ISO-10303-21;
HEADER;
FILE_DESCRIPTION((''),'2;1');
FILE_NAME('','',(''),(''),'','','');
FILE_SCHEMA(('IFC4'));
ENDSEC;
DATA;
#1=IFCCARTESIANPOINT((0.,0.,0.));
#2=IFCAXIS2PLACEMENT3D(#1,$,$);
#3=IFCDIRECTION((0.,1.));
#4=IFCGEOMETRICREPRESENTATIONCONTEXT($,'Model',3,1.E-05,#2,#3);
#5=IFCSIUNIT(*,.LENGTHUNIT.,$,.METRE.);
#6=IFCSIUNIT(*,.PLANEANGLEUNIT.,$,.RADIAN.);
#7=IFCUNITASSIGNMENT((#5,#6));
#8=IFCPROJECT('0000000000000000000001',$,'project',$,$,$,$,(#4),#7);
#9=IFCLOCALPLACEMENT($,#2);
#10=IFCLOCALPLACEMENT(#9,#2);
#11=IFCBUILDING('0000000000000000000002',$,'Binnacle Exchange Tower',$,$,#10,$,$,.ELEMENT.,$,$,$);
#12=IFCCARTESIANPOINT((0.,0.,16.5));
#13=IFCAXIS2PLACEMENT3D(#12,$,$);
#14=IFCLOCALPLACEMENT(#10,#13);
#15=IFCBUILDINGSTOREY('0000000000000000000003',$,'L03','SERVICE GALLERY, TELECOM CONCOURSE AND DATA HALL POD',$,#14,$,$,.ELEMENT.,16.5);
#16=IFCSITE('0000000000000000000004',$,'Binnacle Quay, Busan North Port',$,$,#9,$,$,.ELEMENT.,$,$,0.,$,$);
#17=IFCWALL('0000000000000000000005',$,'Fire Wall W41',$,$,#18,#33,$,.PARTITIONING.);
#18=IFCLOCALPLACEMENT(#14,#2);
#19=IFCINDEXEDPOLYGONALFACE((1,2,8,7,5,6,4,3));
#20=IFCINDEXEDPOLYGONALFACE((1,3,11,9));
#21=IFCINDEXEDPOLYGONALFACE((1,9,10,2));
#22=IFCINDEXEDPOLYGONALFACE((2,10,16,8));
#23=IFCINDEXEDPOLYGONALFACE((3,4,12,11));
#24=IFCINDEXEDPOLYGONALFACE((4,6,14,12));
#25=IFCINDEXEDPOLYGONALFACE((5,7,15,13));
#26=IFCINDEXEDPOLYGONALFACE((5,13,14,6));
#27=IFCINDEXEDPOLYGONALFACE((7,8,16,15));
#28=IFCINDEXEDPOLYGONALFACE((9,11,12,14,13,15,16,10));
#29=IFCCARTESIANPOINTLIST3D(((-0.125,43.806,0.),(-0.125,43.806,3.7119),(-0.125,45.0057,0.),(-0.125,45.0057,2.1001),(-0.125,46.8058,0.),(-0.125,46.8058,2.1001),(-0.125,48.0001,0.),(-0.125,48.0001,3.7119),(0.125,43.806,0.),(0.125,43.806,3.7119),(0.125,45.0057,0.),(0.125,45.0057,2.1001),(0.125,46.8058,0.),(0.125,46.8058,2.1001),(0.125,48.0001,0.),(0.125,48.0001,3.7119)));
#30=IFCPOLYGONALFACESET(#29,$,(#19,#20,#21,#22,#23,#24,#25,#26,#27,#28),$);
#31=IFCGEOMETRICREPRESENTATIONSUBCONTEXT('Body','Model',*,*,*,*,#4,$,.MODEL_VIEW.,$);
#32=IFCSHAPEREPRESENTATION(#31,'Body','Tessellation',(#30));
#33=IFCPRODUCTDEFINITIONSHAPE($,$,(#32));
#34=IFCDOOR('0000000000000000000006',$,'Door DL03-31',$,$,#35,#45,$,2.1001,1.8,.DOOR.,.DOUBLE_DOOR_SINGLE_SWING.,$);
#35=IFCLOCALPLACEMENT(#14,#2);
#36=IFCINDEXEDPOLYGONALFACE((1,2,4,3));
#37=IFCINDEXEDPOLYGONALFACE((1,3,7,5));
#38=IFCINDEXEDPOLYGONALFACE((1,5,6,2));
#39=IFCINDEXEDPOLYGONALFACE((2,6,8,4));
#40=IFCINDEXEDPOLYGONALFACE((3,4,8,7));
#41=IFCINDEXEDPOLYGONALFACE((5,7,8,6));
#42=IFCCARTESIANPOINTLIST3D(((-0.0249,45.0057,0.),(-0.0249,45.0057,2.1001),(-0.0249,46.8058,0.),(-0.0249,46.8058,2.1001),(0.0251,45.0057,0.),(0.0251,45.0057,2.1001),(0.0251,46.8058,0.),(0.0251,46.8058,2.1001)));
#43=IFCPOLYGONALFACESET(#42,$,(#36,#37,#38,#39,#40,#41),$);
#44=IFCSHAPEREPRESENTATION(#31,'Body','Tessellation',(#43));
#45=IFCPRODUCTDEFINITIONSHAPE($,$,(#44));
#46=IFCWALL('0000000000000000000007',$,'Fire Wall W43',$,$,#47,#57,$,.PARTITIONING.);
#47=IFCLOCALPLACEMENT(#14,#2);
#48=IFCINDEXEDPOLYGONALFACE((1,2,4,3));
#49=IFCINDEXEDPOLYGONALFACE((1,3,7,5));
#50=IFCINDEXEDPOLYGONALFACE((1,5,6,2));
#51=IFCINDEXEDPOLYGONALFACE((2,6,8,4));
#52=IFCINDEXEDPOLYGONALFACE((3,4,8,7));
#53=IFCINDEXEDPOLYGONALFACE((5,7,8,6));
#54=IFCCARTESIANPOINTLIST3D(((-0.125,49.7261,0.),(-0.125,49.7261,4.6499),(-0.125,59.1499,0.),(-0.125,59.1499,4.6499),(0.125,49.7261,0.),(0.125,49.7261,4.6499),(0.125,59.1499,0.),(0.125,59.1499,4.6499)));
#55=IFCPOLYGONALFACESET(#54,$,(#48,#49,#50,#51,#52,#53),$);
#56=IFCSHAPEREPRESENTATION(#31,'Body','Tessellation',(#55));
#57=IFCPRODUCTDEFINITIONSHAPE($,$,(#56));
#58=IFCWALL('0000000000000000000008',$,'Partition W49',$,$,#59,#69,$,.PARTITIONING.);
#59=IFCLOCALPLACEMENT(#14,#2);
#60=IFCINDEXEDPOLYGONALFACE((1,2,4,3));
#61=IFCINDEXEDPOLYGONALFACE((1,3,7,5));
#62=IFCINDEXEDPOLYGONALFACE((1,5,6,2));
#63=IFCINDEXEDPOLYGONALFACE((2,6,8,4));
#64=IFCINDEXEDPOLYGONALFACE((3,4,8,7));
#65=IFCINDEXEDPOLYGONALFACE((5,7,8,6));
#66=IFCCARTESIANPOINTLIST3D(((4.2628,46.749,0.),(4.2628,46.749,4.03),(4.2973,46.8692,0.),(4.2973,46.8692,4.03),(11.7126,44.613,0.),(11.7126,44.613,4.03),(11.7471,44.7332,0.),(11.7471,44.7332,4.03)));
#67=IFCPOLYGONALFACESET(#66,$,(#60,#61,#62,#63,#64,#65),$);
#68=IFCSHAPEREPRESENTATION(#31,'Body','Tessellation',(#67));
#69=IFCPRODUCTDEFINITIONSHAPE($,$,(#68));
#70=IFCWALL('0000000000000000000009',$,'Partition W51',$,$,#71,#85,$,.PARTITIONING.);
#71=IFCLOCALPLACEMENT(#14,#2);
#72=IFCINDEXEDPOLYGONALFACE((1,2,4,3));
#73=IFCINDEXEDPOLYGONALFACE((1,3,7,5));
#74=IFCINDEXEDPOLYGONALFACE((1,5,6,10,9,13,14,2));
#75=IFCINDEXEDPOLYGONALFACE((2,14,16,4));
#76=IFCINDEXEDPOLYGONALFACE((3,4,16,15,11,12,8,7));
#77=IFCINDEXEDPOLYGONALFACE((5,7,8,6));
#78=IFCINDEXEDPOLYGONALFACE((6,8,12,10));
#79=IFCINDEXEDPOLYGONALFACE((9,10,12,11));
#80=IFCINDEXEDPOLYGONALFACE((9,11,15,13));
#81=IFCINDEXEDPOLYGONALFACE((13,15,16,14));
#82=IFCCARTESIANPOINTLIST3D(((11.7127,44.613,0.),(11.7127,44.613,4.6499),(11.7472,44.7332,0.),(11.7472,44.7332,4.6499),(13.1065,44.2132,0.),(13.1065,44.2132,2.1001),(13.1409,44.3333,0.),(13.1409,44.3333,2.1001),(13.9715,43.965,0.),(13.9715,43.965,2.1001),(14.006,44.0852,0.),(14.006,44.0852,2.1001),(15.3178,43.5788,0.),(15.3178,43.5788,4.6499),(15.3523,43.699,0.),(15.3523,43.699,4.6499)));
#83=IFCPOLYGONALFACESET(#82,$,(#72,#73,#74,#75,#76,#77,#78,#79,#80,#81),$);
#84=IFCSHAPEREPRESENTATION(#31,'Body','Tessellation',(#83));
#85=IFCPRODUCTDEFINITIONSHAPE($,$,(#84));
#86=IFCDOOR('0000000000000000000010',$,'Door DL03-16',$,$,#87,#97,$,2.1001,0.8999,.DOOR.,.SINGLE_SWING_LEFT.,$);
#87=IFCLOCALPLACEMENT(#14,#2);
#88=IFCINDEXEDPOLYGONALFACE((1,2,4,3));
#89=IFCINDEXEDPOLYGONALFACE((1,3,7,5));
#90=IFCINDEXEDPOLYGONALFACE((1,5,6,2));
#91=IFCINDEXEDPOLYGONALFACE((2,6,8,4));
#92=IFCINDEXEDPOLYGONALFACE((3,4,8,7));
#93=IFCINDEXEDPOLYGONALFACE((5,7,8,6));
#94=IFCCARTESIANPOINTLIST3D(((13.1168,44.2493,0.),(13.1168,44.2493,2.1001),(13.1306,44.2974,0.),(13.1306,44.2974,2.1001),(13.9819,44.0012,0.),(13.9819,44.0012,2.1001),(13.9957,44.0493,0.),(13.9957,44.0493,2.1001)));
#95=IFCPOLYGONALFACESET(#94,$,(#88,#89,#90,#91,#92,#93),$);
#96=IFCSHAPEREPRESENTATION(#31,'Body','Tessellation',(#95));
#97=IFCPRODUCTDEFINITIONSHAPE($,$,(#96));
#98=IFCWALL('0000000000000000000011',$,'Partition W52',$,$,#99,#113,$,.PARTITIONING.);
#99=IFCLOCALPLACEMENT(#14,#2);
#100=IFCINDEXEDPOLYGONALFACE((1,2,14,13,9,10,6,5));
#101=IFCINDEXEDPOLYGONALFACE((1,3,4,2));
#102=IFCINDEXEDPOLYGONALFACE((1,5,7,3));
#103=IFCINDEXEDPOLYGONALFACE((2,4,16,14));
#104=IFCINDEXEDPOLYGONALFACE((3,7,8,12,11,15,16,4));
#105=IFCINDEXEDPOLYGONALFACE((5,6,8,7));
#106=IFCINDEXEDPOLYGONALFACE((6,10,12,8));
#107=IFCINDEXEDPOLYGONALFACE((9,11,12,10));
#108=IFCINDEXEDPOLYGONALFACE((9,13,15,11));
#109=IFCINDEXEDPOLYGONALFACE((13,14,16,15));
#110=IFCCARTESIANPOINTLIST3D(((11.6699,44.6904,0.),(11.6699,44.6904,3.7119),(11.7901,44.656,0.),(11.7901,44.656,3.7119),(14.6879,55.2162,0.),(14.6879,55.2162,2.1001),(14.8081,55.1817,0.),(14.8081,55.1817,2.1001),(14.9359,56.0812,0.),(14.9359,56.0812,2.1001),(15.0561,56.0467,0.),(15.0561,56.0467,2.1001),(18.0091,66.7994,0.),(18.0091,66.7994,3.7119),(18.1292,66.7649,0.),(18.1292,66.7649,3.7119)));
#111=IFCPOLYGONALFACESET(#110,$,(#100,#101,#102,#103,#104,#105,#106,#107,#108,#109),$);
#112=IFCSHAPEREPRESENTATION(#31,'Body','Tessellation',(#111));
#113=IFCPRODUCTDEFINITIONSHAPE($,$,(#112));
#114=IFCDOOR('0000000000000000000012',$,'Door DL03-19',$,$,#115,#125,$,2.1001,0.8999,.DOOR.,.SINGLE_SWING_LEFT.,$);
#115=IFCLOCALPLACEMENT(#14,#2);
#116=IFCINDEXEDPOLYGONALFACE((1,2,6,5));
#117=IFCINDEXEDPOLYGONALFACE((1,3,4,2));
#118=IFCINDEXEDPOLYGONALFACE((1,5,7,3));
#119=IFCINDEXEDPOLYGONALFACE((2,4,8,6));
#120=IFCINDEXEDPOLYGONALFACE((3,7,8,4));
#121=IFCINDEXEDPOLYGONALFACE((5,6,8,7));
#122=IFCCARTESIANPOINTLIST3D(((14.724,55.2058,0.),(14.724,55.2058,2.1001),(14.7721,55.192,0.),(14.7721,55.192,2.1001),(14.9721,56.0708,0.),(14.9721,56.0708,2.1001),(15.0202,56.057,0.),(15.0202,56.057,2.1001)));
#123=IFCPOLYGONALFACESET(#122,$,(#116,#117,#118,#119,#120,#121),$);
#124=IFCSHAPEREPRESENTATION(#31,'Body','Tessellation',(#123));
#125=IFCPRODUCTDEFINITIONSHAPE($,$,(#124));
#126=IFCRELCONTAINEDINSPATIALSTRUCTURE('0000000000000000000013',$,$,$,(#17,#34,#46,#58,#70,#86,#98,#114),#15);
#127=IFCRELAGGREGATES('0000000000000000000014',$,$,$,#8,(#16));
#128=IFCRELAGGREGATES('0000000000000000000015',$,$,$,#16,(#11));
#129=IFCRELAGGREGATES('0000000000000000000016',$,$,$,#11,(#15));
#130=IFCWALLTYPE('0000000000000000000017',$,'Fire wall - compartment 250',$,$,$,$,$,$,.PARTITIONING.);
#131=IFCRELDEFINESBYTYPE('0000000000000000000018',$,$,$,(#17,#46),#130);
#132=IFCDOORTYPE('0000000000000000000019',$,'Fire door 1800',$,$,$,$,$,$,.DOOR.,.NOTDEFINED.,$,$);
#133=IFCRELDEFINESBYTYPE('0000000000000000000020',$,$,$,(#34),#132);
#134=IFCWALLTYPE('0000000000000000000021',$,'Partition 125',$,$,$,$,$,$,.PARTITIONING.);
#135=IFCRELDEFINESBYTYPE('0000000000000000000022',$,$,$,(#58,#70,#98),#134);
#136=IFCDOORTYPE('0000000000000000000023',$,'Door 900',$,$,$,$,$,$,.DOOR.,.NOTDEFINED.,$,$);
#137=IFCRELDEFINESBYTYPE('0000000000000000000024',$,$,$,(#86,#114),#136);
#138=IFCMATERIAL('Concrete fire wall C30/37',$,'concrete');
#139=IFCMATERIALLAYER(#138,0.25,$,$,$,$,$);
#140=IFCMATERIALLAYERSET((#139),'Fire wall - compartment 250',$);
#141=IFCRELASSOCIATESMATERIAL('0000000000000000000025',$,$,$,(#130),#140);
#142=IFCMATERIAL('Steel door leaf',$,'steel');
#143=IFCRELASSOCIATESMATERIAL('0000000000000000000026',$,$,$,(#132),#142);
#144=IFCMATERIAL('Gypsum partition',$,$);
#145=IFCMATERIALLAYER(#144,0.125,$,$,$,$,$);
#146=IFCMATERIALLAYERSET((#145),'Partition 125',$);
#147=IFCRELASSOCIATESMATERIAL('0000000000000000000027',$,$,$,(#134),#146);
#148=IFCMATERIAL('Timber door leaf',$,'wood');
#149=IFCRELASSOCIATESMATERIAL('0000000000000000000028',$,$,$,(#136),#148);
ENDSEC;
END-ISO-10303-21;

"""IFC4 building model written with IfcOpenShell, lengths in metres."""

from ifc_helpers import new_model, si_unit, direction, frame, frame_2d, origin, place, context, subcontext, project, spatial, rectangle, extrude, material, layer, layer_set, type_object, element, fill, save


model = new_model("IFC4")

# Units and contexts
model_context = context("Model", 3, precision=1e-05, world=origin(), true_north=direction((0.0, 1.0)))
body_context = subcontext(model_context, "Body", "Model", "MODEL_VIEW")
ifc_project = project(units=[si_unit("LENGTHUNIT", "METRE"), si_unit("PLANEANGLEUNIT", "RADIAN")], contexts=[model_context])

# Site, building, storey
site_placement = place(None, origin())
site = spatial("IfcSite", under=ifc_project, at=site_placement, Name="Binnacle Quay, Busan North Port", CompositionType="ELEMENT", RefElevation=0.0)
building_placement = place(site_placement, origin())
building = spatial("IfcBuilding", under=site, at=building_placement, Name="Binnacle Exchange Tower", CompositionType="ELEMENT")
storey_placement = place(building_placement, frame((0.0, 0.0, 16.5)))
storey = spatial("IfcBuildingStorey", under=building, at=storey_placement, Name="L03", Description="SERVICE GALLERY, TELECOM CONCOURSE AND DATA HALL POD", CompositionType="ELEMENT", Elevation=16.5)

# Wall, opening, door
ifc_material_1 = material(Name="Concrete fire wall C30/37", Category="concrete")
ifc_layer_1 = layer(ifc_material_1, 0.25)
ifc_layer_set_1 = layer_set([ifc_layer_1], Name="Fire wall - compartment 250")
wall_type_1 = type_object("IfcWallType", Name="Fire wall - compartment 250", PredefinedType="PARTITIONING", material=ifc_layer_set_1)
wall_1_placement = place(storey_placement, frame((0.0, 43.8059, 0.0), z_axis=(0.0, 0.0, 1.0), x_axis=(0.0, 1.0, 0.0)))
wall_1 = element("IfcWall", 1, at=wall_1_placement, inside=storey, type_object=wall_type_1, Name="Fire Wall W41", PredefinedType="PARTITIONING", context=body_context, shape_type="SweptSolid", body=[
    extrude(rectangle(XDim=4.1941, YDim=0.25, at=frame_2d((2.0972, 0.0))), origin(), (0.0, 0.0, 1.0), 3.7119),
])
opening_1_placement = place(wall_1_placement, frame((1.2, 0.0, 0.0)))
opening_1 = element("IfcOpeningElement", 2, at=opening_1_placement, cuts=wall_1, PredefinedType="OPENING", context=body_context, shape_type="SweptSolid", body=[
    extrude(rectangle(XDim=1.8, YDim=2.1001, at=frame_2d((0.8999, 1.05))), frame((0.0, 0.135, 0.0), z_axis=(0.0, -1.0, 0.0), x_axis=(1.0, 0.0, 0.0)), (0.0, 0.0, 1.0), 0.27),
])
ifc_material_2 = material(Name="Steel door leaf", Category="steel")
door_type_1 = type_object("IfcDoorType", Name="Fire door 1800", OperationType="NOTDEFINED", PredefinedType="DOOR", material=ifc_material_2)
door_1_placement = place(opening_1_placement, origin())
door_1 = element("IfcDoor", 3, at=door_1_placement, inside=storey, type_object=door_type_1, Name="Door DL03-31", OperationType="DOUBLE_DOOR_SINGLE_SWING", OverallHeight=2.1001, OverallWidth=1.8, PredefinedType="DOOR", context=body_context, shape_type="SweptSolid", body=[
    extrude(rectangle(XDim=1.8, YDim=2.1001, at=frame_2d((0.8999, 1.05))), frame((0.0, 0.0249, 0.0), z_axis=(0.0, -1.0, 0.0), x_axis=(1.0, 0.0, 0.0)), (0.0, 0.0, 1.0), 0.05),
])
fill(opening_1, door_1)

# Walls
wall_2_placement = place(storey_placement, frame((0.0, 49.7261, 0.0), z_axis=(0.0, 0.0, 1.0), x_axis=(0.0, 1.0, 0.0)))
element("IfcWall", 4, at=wall_2_placement, inside=storey, type_object=wall_type_1, Name="Fire Wall W43", PredefinedType="PARTITIONING", context=body_context, shape_type="SweptSolid", body=[
    extrude(rectangle(XDim=9.4238, YDim=0.25, at=frame_2d((4.7119, 0.0))), origin(), (0.0, 0.0, 1.0), 4.6499),
])
ifc_material_3 = material(Name="Gypsum partition")
ifc_layer_2 = layer(ifc_material_3, 0.125)
ifc_layer_set_2 = layer_set([ifc_layer_2], Name="Partition 125")
wall_type_2 = type_object("IfcWallType", Name="Partition 125", PredefinedType="PARTITIONING", material=ifc_layer_set_2)
wall_3_placement = place(storey_placement, frame((4.28, 46.8091, 0.0), z_axis=(0.0, 0.0, 1.0), x_axis=(0.96127, -0.275607, 0.0)))
element("IfcWall", 5, at=wall_3_placement, inside=storey, type_object=wall_type_2, Name="Partition W49", PredefinedType="PARTITIONING", context=body_context, shape_type="SweptSolid", body=[
    extrude(rectangle(XDim=7.75, YDim=0.125, at=frame_2d((3.875, 0.0))), origin(), (0.0, 0.0, 1.0), 4.03),
])

# Walls, openings, doors
wall_4_placement = place(storey_placement, frame((11.73, 44.6731, 0.0), z_axis=(0.0, 0.0, 1.0), x_axis=(0.961229, -0.275753, 0.0)))
wall_4 = element("IfcWall", 6, at=wall_4_placement, inside=storey, type_object=wall_type_2, Name="Partition W51", PredefinedType="PARTITIONING", context=body_context, shape_type="SweptSolid", body=[
    extrude(rectangle(XDim=3.7505, YDim=0.125, at=frame_2d((1.8752, 0.0))), origin(), (0.0, 0.0, 1.0), 4.6499),
])
opening_2_placement = place(wall_4_placement, frame((1.45, 0.0, 0.0)))
opening_2 = element("IfcOpeningElement", 7, at=opening_2_placement, cuts=wall_4, PredefinedType="OPENING", context=body_context, shape_type="SweptSolid", body=[
    extrude(rectangle(XDim=0.8999, YDim=2.1001, at=frame_2d((0.45, 1.05))), frame((0.0, 0.0725, 0.0), z_axis=(0.0, -1.0, 0.0), x_axis=(1.0, 0.0, 0.0)), (0.0, 0.0, 1.0), 0.145),
])
ifc_material_4 = material(Name="Timber door leaf", Category="wood")
door_type_2 = type_object("IfcDoorType", Name="Door 900", OperationType="NOTDEFINED", PredefinedType="DOOR", material=ifc_material_4)
door_2_placement = place(opening_2_placement, frame((0.8999, 0.0, 0.0), z_axis=(0.0, 0.0, 1.0), x_axis=(-1.0, 0.0, 0.0)))
door_2 = element("IfcDoor", 8, at=door_2_placement, inside=storey, type_object=door_type_2, Name="Door DL03-16", OperationType="SINGLE_SWING_LEFT", OverallHeight=2.1001, OverallWidth=0.8999, PredefinedType="DOOR", context=body_context, shape_type="SweptSolid", body=[
    extrude(rectangle(XDim=0.8999, YDim=2.1001, at=frame_2d((0.45, 1.05))), frame((0.0, 0.0249, 0.0), z_axis=(0.0, -1.0, 0.0), x_axis=(1.0, 0.0, 0.0)), (0.0, 0.0, 1.0), 0.05),
])
fill(opening_2, door_2)
wall_5_placement = place(storey_placement, frame((11.73, 44.6731, 0.0), z_axis=(0.0, 0.0, 1.0), x_axis=(0.275617, 0.961268, 0.0)))
wall_5 = element("IfcWall", 9, at=wall_5_placement, inside=storey, type_object=wall_type_2, Name="Partition W52", PredefinedType="PARTITIONING", context=body_context, shape_type="SweptSolid", body=[
    extrude(rectangle(XDim=22.9998, YDim=0.125, at=frame_2d((11.5, 0.0))), origin(), (0.0, 0.0, 1.0), 3.7119),
])
opening_3_placement = place(wall_5_placement, frame((10.95, 0.0, 0.0)))
opening_3 = element("IfcOpeningElement", 10, at=opening_3_placement, cuts=wall_5, PredefinedType="OPENING", context=body_context, shape_type="SweptSolid", body=[
    extrude(rectangle(XDim=0.8999, YDim=2.1001, at=frame_2d((0.45, 1.05))), frame((0.0, 0.0725, 0.0), z_axis=(0.0, -1.0, 0.0), x_axis=(1.0, 0.0, 0.0)), (0.0, 0.0, 1.0), 0.145),
])
door_3_placement = place(opening_3_placement, origin())
door_3 = element("IfcDoor", 11, at=door_3_placement, inside=storey, type_object=door_type_2, Name="Door DL03-19", OperationType="SINGLE_SWING_LEFT", OverallHeight=2.1001, OverallWidth=0.8999, PredefinedType="DOOR", context=body_context, shape_type="SweptSolid", body=[
    extrude(rectangle(XDim=0.8999, YDim=2.1001, at=frame_2d((0.45, 1.05))), frame((0.0, 0.0249, 0.0), z_axis=(0.0, -1.0, 0.0), x_axis=(1.0, 0.0, 0.0)), (0.0, 0.0, 1.0), 0.05),
])
fill(opening_3, door_3)

save(model, "model.ifc")
